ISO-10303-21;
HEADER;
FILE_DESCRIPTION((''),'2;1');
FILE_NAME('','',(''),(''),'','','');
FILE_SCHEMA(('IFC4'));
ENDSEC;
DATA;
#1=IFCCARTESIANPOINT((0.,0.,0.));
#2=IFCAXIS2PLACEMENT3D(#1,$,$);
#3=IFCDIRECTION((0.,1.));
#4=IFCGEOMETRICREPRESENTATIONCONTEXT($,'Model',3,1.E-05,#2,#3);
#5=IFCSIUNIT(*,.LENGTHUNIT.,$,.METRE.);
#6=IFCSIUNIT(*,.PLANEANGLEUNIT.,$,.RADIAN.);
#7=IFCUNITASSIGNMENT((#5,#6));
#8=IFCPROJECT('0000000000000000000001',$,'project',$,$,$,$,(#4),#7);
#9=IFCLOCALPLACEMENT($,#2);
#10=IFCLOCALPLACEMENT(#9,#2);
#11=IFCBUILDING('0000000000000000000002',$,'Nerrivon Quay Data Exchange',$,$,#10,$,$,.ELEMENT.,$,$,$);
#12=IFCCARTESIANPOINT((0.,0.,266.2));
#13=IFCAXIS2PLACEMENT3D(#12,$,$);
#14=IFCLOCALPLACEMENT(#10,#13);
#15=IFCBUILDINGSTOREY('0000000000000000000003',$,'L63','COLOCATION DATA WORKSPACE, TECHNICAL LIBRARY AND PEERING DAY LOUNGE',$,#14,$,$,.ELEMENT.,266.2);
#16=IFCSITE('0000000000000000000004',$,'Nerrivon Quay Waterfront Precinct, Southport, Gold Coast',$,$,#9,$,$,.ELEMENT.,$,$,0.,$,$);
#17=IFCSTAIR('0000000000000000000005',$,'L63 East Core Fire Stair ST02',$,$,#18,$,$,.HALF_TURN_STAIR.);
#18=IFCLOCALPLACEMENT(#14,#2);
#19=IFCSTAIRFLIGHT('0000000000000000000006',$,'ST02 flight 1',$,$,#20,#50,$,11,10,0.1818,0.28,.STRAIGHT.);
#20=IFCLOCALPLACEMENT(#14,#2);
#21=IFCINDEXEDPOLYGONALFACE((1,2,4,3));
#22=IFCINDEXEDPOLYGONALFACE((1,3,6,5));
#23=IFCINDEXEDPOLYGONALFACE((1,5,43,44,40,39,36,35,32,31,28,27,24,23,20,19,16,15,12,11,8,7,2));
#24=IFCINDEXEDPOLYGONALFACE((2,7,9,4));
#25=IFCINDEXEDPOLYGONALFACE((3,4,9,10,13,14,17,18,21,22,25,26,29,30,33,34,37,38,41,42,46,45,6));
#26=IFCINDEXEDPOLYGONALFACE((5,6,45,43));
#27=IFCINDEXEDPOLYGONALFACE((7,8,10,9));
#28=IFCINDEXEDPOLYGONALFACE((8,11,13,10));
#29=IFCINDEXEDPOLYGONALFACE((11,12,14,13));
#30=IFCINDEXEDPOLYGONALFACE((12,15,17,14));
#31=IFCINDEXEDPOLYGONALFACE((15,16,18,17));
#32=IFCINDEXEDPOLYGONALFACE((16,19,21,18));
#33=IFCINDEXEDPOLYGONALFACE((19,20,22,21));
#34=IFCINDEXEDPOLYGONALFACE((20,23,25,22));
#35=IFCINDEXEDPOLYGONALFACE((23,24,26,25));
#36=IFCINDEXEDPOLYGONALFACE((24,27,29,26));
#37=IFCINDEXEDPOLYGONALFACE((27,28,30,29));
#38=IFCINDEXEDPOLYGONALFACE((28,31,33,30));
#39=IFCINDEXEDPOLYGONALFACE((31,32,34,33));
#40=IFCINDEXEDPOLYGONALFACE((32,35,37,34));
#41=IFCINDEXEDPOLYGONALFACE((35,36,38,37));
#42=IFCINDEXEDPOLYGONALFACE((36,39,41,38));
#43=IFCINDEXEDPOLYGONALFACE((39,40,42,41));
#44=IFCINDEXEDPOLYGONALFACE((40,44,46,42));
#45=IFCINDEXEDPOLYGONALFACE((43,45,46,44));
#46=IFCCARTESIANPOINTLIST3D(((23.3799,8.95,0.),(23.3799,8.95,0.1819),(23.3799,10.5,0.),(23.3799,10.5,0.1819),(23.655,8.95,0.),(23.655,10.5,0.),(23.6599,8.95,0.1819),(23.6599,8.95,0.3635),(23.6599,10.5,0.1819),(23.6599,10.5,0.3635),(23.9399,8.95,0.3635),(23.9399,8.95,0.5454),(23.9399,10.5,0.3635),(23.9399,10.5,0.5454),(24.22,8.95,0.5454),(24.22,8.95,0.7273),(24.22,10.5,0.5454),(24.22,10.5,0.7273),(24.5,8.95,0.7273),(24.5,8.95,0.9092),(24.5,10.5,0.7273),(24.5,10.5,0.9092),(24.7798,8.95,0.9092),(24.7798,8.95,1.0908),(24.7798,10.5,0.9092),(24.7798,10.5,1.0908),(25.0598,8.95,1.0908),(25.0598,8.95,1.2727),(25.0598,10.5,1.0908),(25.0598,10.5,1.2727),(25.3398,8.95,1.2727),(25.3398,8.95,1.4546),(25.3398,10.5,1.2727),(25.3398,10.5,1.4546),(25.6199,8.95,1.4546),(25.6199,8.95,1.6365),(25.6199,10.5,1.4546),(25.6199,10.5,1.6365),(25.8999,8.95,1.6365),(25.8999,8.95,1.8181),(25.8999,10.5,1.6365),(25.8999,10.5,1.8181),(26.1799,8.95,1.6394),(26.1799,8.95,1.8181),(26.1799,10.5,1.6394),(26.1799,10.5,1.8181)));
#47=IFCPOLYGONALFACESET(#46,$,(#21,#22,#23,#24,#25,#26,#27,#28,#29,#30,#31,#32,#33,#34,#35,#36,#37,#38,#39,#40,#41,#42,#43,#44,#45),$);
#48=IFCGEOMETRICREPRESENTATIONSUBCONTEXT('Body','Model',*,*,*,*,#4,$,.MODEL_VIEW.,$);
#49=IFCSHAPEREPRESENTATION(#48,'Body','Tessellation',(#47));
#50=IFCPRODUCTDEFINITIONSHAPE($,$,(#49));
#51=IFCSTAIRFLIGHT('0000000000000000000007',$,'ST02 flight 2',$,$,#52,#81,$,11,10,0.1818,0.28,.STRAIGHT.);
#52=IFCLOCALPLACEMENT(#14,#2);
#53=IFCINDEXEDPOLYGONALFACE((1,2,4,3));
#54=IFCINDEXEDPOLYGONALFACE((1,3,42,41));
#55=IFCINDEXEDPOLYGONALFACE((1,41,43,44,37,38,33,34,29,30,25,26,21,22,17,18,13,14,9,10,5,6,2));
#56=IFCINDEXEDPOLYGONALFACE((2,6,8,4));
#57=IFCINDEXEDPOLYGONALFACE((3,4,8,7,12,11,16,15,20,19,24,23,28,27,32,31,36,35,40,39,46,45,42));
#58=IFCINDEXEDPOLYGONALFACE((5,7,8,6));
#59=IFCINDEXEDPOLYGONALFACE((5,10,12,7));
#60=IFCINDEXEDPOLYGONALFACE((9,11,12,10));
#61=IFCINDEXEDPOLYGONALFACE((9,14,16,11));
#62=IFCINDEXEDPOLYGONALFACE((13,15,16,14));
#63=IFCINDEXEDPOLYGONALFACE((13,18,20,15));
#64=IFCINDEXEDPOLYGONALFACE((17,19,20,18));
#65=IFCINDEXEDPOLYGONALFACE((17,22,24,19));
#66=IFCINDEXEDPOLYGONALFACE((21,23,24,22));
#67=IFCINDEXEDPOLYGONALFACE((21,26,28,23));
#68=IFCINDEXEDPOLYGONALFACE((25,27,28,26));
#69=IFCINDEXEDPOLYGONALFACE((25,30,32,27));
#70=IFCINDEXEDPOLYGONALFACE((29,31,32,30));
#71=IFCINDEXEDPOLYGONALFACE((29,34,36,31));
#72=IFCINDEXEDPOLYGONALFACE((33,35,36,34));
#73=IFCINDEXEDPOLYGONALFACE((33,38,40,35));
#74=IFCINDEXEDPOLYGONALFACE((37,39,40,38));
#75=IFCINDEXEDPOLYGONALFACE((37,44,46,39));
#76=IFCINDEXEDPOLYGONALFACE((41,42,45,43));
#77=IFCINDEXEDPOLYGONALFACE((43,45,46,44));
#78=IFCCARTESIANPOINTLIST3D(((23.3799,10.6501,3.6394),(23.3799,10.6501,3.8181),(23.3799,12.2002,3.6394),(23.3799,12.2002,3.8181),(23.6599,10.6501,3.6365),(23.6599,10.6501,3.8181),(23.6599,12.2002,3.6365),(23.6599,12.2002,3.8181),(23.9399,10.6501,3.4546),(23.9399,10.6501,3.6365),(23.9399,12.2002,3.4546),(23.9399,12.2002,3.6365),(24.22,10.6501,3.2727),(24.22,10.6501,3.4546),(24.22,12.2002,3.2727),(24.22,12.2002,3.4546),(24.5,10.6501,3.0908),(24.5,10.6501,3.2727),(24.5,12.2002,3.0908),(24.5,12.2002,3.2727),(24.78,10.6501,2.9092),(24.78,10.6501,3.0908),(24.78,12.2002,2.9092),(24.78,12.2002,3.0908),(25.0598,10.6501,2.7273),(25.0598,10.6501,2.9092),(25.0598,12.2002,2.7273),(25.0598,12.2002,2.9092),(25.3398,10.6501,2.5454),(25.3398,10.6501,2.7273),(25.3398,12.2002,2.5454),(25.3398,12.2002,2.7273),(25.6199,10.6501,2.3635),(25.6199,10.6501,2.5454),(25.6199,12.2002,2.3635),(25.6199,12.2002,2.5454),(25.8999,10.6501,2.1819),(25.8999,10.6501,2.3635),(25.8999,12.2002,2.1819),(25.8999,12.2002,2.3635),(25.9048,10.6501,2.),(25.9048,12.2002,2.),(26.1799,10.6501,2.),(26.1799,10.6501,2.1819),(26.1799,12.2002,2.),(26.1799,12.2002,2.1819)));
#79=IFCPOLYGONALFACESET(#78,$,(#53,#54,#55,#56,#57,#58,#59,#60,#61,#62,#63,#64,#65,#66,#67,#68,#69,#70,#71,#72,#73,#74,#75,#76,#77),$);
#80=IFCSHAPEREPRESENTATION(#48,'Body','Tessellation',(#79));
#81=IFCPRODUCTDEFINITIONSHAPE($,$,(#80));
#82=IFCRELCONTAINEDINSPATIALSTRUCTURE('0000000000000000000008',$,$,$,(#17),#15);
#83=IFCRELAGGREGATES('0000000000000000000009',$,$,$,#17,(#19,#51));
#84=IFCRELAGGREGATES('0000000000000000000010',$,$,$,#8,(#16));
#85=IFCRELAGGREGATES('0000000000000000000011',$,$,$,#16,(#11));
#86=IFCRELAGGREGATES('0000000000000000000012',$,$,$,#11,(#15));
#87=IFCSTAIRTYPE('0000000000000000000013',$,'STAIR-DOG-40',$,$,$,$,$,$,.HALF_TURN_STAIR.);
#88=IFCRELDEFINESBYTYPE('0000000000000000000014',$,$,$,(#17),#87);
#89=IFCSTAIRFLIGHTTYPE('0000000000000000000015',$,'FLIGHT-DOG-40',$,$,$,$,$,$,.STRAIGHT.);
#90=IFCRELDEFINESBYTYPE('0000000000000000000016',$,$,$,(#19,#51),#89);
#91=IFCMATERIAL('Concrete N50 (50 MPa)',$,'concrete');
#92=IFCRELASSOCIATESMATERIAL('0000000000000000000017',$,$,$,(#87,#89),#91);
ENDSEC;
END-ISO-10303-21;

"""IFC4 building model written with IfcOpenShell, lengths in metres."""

from ifc_helpers import new_model, si_unit, direction, frame, origin, place, context, subcontext, project, spatial, polyline, outline, extrude, material, type_object, element, aggregate, save


model = new_model("IFC4")

# Units and contexts
model_context = context("Model", 3, precision=1e-05, world=origin(), true_north=direction((0.0, 1.0)))
body_context = subcontext(model_context, "Body", "Model", "MODEL_VIEW")
ifc_project = project(units=[si_unit("LENGTHUNIT", "METRE"), si_unit("PLANEANGLEUNIT", "RADIAN")], contexts=[model_context])

# Site, building, storey
site_placement = place(None, origin())
site = spatial("IfcSite", under=ifc_project, at=site_placement, Name="Nerrivon Quay Waterfront Precinct, Southport, Gold Coast", CompositionType="ELEMENT", RefElevation=0.0)
building_placement = place(site_placement, origin())
building = spatial("IfcBuilding", under=site, at=building_placement, Name="Nerrivon Quay Data Exchange", CompositionType="ELEMENT")
storey_placement = place(building_placement, frame((0.0, 0.0, 266.2)))
storey = spatial("IfcBuildingStorey", under=building, at=storey_placement, Name="L63", Description="COLOCATION DATA WORKSPACE, TECHNICAL LIBRARY AND PEERING DAY LOUNGE", CompositionType="ELEMENT", Elevation=266.2)

# Shared definitions
ifc_material_1 = material(Name="Concrete N50 (50 MPa)", Category="concrete")

# Stair, stair flights
stair_type = type_object("IfcStairType", Name="STAIR-DOG-40", PredefinedType="HALF_TURN_STAIR", material=ifc_material_1)
stair_placement = place(storey_placement, origin())
stair = element("IfcStair", 1, at=stair_placement, inside=storey, type_object=stair_type, Name="L63 East Core Fire Stair ST02", PredefinedType="HALF_TURN_STAIR")
stair_flight_type = type_object("IfcStairFlightType", Name="FLIGHT-DOG-40", PredefinedType="STRAIGHT", material=ifc_material_1)
stair_flight_1_placement = place(storey_placement, frame((23.3799, 9.7251, 0.0), z_axis=(0.0, 0.0, 1.0), x_axis=(1.0, 0.0, 0.0)))
stair_flight_1 = element("IfcStairFlight", 2, at=stair_flight_1_placement, type_object=stair_flight_type, Name="ST02 flight 1", NumberOfRisers=11, NumberOfTreads=10, PredefinedType="STRAIGHT", RiserHeight=0.1818, TreadLength=0.28, context=body_context, shape_type="SweptSolid", body=[
    extrude(outline(polyline([(0.0, 0.0), (0.0, 0.1819), (0.28, 0.1819), (0.28, 0.3635), (0.5601, 0.3635), (0.5601, 0.5454), (0.8401, 0.5454), (0.8401, 0.7273), (1.1201, 0.7273), (1.1201, 0.9092), (1.3999, 0.9092), (1.3999, 1.0908), (1.6799, 1.0908), (1.6799, 1.2727), (1.96, 1.2727), (1.96, 1.4546), (2.24, 1.4546), (2.24, 1.6365), (2.52, 1.6365), (2.52, 1.8181), (2.8, 1.8181), (2.8, 2.0), (2.8, 1.6394), (0.2751, 0.0), (0.0, 0.0)])), frame((0.0, 0.7749, 0.0), z_axis=(0.0, -1.0, 0.0), x_axis=(1.0, 0.0, 0.0)), (0.0, 0.0, 1.0), 1.55),
])
stair_flight_2_placement = place(storey_placement, frame((26.1799, 11.425, 2.0), z_axis=(0.0, 0.0, 1.0), x_axis=(-1.0, 0.0, 0.0)))
stair_flight_2 = element("IfcStairFlight", 3, at=stair_flight_2_placement, type_object=stair_flight_type, Name="ST02 flight 2", NumberOfRisers=11, NumberOfTreads=10, PredefinedType="STRAIGHT", RiserHeight=0.1818, TreadLength=0.28, context=body_context, shape_type="SweptSolid", body=[
    extrude(outline(polyline([(0.0, 0.0), (0.0, 0.1819), (0.28, 0.1819), (0.28, 0.3635), (0.5601, 0.3635), (0.5601, 0.5454), (0.8401, 0.5454), (0.8401, 0.7273), (1.1201, 0.7273), (1.1201, 0.9092), (1.3999, 0.9092), (1.3999, 1.0908), (1.6799, 1.0908), (1.6799, 1.2727), (1.96, 1.2727), (1.96, 1.4546), (2.24, 1.4546), (2.24, 1.6365), (2.52, 1.6365), (2.52, 1.8181), (2.8, 1.8181), (2.8, 2.0), (2.8, 1.6394), (0.2751, 0.0), (0.0, 0.0)])), frame((0.0, 0.7749, 0.0), z_axis=(0.0, -1.0, 0.0), x_axis=(1.0, 0.0, 0.0)), (0.0, 0.0, 1.0), 1.55),
])
aggregate(stair, [stair_flight_1, stair_flight_2])

save(model, "model.ifc")
